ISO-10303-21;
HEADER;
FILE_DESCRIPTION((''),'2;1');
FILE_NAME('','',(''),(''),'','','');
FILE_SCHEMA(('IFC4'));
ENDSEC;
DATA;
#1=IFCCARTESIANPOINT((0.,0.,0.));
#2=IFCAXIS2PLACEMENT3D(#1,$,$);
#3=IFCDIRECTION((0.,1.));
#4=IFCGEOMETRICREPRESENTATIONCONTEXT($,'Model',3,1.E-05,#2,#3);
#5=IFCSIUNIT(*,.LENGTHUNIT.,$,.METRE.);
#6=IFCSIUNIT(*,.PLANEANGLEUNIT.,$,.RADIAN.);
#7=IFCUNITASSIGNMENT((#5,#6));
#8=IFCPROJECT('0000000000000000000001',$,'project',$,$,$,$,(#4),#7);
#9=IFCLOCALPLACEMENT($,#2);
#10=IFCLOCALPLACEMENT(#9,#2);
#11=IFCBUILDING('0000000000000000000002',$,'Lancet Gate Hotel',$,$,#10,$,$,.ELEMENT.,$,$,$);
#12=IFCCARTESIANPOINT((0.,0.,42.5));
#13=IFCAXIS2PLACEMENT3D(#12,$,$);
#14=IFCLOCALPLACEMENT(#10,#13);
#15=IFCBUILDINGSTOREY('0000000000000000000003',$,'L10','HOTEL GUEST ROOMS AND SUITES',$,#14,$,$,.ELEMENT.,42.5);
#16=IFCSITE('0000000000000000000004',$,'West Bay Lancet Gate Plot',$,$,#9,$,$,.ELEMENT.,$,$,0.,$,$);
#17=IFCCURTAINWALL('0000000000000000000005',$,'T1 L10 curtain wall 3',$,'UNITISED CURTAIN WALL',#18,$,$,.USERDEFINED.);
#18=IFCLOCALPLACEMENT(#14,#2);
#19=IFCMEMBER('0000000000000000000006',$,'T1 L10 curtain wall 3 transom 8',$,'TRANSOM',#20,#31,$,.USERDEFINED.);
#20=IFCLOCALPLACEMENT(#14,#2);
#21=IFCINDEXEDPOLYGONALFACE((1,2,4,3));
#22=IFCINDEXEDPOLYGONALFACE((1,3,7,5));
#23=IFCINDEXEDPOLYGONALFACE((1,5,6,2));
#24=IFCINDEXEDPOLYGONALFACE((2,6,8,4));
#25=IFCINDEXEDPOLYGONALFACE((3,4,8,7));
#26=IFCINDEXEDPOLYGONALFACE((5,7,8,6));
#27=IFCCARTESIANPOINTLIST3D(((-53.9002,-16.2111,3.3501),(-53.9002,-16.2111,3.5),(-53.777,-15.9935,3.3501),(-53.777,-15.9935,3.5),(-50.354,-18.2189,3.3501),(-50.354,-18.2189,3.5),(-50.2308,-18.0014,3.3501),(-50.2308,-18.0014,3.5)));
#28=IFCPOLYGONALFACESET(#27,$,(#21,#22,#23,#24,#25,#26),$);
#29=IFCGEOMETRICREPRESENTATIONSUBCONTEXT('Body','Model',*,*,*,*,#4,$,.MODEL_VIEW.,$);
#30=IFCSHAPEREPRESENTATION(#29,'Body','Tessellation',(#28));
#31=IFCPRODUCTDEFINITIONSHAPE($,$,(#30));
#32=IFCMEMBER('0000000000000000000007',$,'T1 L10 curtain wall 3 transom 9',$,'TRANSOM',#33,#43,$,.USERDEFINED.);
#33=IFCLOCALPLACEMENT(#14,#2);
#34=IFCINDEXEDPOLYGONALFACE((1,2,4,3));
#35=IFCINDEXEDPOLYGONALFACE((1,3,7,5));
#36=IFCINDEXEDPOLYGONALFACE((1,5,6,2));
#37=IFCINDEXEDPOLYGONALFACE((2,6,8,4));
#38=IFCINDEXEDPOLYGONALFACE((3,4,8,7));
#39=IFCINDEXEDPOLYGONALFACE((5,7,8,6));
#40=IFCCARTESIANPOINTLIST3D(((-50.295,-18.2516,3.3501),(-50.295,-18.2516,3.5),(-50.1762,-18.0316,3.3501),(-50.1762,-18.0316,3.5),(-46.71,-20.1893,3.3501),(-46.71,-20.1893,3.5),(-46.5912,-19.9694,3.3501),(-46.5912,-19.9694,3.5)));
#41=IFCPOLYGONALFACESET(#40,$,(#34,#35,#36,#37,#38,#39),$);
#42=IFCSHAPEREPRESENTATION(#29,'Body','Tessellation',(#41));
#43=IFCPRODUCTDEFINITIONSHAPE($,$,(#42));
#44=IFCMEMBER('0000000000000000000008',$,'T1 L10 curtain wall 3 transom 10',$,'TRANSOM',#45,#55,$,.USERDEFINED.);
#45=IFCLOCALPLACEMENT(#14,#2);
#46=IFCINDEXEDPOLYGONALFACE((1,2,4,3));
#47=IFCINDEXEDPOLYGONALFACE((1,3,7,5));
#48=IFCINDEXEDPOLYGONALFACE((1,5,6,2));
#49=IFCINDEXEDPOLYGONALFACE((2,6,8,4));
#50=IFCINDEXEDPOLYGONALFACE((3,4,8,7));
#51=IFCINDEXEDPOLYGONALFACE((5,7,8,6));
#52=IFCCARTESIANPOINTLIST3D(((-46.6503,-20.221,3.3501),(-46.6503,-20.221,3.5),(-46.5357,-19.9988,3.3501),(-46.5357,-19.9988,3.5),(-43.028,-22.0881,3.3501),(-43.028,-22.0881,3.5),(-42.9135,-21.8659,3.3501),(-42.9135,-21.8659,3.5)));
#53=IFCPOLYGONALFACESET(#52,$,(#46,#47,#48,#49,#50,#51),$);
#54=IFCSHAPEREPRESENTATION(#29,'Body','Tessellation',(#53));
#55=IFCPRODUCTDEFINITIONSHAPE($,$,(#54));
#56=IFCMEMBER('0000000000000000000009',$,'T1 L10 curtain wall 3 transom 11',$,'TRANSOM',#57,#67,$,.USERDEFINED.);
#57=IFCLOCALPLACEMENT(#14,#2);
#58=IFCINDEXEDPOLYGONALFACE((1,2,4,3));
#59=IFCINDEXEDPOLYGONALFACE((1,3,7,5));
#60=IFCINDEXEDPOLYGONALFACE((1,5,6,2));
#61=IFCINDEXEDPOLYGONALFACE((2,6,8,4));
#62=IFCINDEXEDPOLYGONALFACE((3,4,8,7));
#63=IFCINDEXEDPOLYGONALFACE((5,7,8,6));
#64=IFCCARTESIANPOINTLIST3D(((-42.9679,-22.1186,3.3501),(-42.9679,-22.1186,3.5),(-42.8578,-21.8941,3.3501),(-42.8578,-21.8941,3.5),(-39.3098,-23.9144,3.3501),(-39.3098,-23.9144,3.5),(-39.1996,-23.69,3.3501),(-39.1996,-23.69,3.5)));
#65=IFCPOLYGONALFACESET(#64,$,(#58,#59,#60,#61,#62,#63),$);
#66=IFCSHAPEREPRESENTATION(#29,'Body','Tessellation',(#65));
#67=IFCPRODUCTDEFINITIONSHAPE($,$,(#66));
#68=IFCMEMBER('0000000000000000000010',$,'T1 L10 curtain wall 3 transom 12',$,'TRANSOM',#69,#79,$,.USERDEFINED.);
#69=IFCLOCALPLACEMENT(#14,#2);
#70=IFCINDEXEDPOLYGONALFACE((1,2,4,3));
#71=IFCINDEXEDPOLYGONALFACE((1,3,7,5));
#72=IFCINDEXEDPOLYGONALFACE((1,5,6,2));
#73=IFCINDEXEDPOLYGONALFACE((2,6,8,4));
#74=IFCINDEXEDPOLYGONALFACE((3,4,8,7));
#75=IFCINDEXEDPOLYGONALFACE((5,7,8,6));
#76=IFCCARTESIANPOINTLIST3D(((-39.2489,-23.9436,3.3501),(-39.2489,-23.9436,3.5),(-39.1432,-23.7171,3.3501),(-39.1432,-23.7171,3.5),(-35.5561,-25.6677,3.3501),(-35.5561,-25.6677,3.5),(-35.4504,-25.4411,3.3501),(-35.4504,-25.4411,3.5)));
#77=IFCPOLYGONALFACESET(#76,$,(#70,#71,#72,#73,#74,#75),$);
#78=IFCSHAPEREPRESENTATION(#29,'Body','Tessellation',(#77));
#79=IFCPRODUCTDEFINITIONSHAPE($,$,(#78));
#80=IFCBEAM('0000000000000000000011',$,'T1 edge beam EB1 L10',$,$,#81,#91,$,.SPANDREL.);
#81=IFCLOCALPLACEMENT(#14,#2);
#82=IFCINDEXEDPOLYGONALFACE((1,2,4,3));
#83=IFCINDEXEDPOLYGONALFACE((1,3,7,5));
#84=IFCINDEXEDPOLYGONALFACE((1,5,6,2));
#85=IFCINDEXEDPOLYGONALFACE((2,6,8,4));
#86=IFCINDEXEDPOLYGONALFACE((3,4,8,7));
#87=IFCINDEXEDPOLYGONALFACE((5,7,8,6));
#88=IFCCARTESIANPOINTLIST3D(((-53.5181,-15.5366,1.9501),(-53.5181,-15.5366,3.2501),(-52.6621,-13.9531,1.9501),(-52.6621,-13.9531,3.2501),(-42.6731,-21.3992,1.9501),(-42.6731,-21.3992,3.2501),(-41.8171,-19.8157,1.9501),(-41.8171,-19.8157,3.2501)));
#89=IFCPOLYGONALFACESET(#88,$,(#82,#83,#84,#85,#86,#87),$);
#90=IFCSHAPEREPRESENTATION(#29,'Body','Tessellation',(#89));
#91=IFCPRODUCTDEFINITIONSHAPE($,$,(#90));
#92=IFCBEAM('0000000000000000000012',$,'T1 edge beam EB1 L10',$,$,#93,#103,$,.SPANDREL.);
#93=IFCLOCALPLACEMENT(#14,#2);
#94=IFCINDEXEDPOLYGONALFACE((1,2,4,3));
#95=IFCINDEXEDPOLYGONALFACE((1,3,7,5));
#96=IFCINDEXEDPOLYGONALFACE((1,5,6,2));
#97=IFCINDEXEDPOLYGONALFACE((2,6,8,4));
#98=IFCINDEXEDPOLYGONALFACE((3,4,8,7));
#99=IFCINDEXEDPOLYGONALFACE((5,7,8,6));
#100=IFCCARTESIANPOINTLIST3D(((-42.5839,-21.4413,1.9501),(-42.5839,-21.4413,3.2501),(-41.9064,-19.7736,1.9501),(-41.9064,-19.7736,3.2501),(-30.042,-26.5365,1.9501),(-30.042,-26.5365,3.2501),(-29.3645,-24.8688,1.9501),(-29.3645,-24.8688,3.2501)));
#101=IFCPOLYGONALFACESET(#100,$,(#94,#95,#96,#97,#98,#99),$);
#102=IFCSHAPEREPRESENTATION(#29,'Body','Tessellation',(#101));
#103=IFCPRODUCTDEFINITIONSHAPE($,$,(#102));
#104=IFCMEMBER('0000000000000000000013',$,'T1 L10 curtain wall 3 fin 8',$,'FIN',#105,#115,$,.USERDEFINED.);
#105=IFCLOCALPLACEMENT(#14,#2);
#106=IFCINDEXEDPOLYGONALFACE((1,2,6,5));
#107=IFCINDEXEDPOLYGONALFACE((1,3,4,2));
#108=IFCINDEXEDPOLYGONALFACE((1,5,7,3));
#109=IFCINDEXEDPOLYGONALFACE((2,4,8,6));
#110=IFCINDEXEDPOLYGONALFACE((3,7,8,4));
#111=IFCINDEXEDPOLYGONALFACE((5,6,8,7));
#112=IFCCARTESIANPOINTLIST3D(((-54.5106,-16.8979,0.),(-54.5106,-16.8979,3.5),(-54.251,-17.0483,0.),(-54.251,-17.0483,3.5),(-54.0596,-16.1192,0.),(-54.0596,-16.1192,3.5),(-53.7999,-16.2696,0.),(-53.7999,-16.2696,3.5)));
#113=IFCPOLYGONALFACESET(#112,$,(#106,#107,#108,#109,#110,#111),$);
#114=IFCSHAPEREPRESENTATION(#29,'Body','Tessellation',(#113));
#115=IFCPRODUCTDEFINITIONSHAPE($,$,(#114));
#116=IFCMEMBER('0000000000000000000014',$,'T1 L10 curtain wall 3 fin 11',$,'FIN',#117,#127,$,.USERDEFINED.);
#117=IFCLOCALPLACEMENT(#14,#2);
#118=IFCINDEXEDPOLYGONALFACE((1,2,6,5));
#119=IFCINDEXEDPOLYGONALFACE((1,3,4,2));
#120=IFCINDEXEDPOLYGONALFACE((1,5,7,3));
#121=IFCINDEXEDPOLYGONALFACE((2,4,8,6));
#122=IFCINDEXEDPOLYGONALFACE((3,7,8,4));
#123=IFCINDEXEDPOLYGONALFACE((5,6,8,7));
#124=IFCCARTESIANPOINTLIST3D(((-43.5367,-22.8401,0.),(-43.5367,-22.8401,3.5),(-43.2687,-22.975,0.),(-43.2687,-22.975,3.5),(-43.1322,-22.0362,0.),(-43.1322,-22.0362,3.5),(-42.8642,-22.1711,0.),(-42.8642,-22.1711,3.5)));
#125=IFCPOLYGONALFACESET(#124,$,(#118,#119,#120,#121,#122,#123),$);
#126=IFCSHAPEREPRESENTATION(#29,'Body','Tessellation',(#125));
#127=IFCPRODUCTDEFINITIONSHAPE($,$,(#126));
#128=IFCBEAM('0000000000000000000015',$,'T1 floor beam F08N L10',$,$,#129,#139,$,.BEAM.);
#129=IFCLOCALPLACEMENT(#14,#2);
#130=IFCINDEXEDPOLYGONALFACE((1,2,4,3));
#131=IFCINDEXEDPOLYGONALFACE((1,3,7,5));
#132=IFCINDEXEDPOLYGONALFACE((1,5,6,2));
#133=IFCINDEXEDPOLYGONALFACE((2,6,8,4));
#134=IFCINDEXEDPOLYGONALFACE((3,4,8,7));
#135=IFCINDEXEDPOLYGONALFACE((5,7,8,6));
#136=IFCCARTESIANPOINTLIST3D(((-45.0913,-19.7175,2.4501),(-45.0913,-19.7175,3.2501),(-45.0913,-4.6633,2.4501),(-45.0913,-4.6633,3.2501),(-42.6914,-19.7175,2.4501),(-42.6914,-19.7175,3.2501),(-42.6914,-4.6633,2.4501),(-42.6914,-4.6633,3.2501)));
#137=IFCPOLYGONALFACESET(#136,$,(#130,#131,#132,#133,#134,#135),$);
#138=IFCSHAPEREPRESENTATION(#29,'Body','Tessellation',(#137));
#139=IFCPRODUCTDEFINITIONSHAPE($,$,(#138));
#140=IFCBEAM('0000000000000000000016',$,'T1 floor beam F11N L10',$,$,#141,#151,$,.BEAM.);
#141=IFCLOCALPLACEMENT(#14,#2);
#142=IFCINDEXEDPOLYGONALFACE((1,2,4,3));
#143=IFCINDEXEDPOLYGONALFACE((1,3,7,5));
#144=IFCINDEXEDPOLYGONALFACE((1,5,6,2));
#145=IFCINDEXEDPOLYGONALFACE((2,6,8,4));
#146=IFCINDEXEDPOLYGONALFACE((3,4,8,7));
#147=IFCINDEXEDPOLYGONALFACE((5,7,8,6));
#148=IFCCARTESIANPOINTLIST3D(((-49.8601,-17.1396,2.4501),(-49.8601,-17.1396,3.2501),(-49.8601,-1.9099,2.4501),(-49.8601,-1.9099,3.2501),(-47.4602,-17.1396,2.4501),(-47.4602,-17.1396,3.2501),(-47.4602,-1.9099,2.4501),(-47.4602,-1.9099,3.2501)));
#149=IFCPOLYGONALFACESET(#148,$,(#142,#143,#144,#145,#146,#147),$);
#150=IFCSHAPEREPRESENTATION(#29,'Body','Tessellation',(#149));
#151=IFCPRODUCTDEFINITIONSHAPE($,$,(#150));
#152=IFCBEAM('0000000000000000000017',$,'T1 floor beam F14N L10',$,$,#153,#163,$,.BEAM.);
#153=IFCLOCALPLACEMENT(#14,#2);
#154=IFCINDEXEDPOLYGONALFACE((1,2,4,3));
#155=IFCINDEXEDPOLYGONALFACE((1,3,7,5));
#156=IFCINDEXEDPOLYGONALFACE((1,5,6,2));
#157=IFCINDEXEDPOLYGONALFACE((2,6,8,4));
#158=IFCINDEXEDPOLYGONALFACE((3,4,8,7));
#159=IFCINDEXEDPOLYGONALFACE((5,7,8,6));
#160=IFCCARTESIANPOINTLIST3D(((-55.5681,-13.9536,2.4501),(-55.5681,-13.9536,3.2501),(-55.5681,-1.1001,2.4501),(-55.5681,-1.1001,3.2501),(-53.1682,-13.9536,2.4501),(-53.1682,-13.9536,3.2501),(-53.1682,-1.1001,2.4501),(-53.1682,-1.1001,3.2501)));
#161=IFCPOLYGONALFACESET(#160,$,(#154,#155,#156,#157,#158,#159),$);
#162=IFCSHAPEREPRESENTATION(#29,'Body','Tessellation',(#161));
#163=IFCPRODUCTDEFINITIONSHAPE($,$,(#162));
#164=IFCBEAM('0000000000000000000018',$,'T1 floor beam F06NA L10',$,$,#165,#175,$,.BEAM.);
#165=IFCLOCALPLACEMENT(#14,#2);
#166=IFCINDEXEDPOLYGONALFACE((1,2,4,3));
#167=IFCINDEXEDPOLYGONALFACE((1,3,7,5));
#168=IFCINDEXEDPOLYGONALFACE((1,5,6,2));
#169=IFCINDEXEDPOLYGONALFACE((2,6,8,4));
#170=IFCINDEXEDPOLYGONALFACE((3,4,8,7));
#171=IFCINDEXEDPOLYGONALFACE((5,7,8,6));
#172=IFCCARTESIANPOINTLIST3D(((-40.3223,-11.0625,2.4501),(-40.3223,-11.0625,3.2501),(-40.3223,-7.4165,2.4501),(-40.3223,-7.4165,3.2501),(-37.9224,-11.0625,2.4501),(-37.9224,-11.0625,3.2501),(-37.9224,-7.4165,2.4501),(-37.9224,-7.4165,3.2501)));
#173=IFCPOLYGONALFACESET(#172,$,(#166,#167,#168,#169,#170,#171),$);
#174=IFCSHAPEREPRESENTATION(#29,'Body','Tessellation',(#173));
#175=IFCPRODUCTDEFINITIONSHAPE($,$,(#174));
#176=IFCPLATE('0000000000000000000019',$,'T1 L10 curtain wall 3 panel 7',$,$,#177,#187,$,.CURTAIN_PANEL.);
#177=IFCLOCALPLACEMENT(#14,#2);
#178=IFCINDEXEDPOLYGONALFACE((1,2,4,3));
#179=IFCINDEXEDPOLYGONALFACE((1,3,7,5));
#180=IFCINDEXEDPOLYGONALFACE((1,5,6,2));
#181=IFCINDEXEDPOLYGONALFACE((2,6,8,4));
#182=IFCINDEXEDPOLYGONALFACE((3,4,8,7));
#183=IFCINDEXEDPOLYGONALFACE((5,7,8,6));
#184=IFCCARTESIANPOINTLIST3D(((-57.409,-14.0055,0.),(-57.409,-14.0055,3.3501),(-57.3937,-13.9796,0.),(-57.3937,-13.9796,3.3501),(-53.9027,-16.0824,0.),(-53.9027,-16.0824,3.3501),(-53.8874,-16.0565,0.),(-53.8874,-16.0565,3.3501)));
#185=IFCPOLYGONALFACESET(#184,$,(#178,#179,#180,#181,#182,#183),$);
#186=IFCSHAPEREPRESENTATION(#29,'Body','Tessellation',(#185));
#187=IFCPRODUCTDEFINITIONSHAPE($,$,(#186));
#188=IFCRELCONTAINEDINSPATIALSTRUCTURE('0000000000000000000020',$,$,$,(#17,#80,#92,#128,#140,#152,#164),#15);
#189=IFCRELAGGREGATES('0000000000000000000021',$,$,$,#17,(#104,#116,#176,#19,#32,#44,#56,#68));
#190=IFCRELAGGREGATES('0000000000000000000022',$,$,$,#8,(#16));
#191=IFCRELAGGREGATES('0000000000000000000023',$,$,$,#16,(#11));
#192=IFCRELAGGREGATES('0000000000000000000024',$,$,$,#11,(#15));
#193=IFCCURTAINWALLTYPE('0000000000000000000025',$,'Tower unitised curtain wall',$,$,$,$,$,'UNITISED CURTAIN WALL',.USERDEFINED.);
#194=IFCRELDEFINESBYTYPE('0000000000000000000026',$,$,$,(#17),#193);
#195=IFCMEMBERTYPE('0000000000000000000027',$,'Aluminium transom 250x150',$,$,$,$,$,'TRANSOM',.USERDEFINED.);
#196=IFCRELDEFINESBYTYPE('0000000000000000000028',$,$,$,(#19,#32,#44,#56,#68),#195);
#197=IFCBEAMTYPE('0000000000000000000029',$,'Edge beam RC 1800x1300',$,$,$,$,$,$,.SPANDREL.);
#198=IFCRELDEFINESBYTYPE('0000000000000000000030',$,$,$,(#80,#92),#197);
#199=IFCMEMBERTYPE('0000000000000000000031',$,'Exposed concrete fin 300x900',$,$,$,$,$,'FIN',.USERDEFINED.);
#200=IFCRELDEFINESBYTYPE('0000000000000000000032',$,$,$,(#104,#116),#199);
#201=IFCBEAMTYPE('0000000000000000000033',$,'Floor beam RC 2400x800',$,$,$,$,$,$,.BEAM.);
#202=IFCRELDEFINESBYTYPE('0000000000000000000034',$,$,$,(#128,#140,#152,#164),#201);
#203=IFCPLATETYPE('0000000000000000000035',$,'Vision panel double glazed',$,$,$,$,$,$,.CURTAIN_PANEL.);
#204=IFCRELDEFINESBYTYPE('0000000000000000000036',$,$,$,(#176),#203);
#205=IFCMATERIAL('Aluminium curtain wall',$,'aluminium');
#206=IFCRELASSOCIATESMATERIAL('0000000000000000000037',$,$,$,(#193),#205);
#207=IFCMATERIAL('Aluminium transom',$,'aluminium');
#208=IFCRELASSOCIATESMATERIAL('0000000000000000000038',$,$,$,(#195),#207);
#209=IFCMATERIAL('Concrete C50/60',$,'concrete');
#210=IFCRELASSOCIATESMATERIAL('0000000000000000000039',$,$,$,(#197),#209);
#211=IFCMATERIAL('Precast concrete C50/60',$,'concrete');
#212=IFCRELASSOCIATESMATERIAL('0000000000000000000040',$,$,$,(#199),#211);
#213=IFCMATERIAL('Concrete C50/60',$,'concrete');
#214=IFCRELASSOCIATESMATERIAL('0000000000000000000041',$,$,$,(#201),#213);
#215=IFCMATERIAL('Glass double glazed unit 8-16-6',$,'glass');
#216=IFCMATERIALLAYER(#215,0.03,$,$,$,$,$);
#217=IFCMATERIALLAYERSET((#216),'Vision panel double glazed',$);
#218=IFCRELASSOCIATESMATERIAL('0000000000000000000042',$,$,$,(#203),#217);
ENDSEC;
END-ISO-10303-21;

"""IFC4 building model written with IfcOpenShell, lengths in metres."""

from ifc_helpers import new_model, si_unit, direction, frame, origin, origin_2d, place, context, subcontext, project, spatial, rectangle, extrude, material, layer, layer_set, material_profile, profile_set, type_object, element, aggregate, save


model = new_model("IFC4")

# Units and contexts
model_context = context("Model", 3, precision=1e-05, world=origin(), true_north=direction((0.0, 1.0)))
body_context = subcontext(model_context, "Body", "Model", "MODEL_VIEW")
ifc_project = project(units=[si_unit("LENGTHUNIT", "METRE"), si_unit("PLANEANGLEUNIT", "RADIAN")], contexts=[model_context])

# Site, building, storey
site_placement = place(None, origin())
site = spatial("IfcSite", under=ifc_project, at=site_placement, Name="West Bay Lancet Gate Plot", CompositionType="ELEMENT", RefElevation=0.0)
building_placement = place(site_placement, origin())
building = spatial("IfcBuilding", under=site, at=building_placement, Name="Lancet Gate Hotel", CompositionType="ELEMENT")
storey_placement = place(building_placement, frame((0.0, 0.0, 42.5)))
storey = spatial("IfcBuildingStorey", under=building, at=storey_placement, Name="L10", Description="HOTEL GUEST ROOMS AND SUITES", CompositionType="ELEMENT", Elevation=42.5)

# Curtain wall, members
ifc_material_1 = material(Name="Aluminium curtain wall", Category="aluminium")
curtain_wall_type = type_object("IfcCurtainWallType", Name="Tower unitised curtain wall", ElementType="UNITISED CURTAIN WALL", PredefinedType="USERDEFINED", material=ifc_material_1)
curtain_wall_placement = place(storey_placement, origin())
curtain_wall = element("IfcCurtainWall", 1, at=curtain_wall_placement, inside=storey, type_object=curtain_wall_type, Name="T1 L10 curtain wall 3", ObjectType="UNITISED CURTAIN WALL", PredefinedType="USERDEFINED")
ifc_material_2 = material(Name="Aluminium transom", Category="aluminium")
ifc_material_profile_1 = material_profile(ifc_material_2, rectangle(XDim=0.25, YDim=0.1499, at=origin_2d()), Name="TRANSOM 250x150")
ifc_profile_set_1 = profile_set([ifc_material_profile_1], Name="Aluminium transom")
member_type_1 = type_object("IfcMemberType", Name="Aluminium transom 250x150", ElementType="TRANSOM", PredefinedType="USERDEFINED", material=ifc_profile_set_1)
member_1_placement = place(storey_placement, frame((-53.8386, -16.1023, 3.425), z_axis=(0.870198, -0.492703, 0.0), x_axis=(0.492703, 0.870198, 0.0)))
member_1 = element("IfcMember", 2, at=member_1_placement, type_object=member_type_1, Name="T1 L10 curtain wall 3 transom 8", ObjectType="TRANSOM", PredefinedType="USERDEFINED", context=body_context, shape_type="SweptSolid", body=[
    extrude(rectangle(XDim=0.25, YDim=0.1499, at=origin_2d()), origin(), (0.0, 0.0, 1.0), 4.0752),
])
member_2_placement = place(storey_placement, frame((-50.2356, -18.1416, 3.425), z_axis=(0.879714, -0.475503, 0.0), x_axis=(0.475503, 0.879714, 0.0)))
member_2 = element("IfcMember", 3, at=member_2_placement, type_object=member_type_1, Name="T1 L10 curtain wall 3 transom 9", ObjectType="TRANSOM", PredefinedType="USERDEFINED", context=body_context, shape_type="SweptSolid", body=[
    extrude(rectangle(XDim=0.25, YDim=0.1499, at=origin_2d()), origin(), (0.0, 0.0, 1.0), 4.0752),
])
member_3_placement = place(storey_placement, frame((-46.593, -20.1099, 3.425), z_axis=(0.88886, -0.458179, 0.0), x_axis=(0.458179, 0.88886, 0.0)))
member_3 = element("IfcMember", 4, at=member_3_placement, type_object=member_type_1, Name="T1 L10 curtain wall 3 transom 10", ObjectType="TRANSOM", PredefinedType="USERDEFINED", context=body_context, shape_type="SweptSolid", body=[
    extrude(rectangle(XDim=0.25, YDim=0.1499, at=origin_2d()), origin(), (0.0, 0.0, 1.0), 4.0752),
])
member_4_placement = place(storey_placement, frame((-42.9128, -22.0063, 3.425), z_axis=(0.897662, -0.440684, 0.0), x_axis=(0.440684, 0.897662, 0.0)))
member_4 = element("IfcMember", 5, at=member_4_placement, type_object=member_type_1, Name="T1 L10 curtain wall 3 transom 11", ObjectType="TRANSOM", PredefinedType="USERDEFINED", context=body_context, shape_type="SweptSolid", body=[
    extrude(rectangle(XDim=0.25, YDim=0.1499, at=origin_2d()), origin(), (0.0, 0.0, 1.0), 4.0752),
])
member_5_placement = place(storey_placement, frame((-39.196, -23.8303, 3.425), z_axis=(0.90611, -0.423043, 0.0), x_axis=(0.423043, 0.90611, 0.0)))
member_5 = element("IfcMember", 6, at=member_5_placement, type_object=member_type_1, Name="T1 L10 curtain wall 3 transom 12", ObjectType="TRANSOM", PredefinedType="USERDEFINED", context=body_context, shape_type="SweptSolid", body=[
    extrude(rectangle(XDim=0.25, YDim=0.1499, at=origin_2d()), origin(), (0.0, 0.0, 1.0), 4.0754),
])

# Beams
ifc_material_3 = material(Name="Concrete C50/60", Category="concrete")
ifc_material_profile_2 = material_profile(ifc_material_3, rectangle(XDim=1.8, YDim=1.3, at=origin_2d()), Name="RC 1800x1300")
ifc_profile_set_2 = profile_set([ifc_material_profile_2], Name="Concrete C50/60")
beam_type_1 = type_object("IfcBeamType", Name="Edge beam RC 1800x1300", PredefinedType="SPANDREL", material=ifc_profile_set_2)
beam_1_placement = place(storey_placement, frame((-53.0901, -14.7449, 2.6001), z_axis=(0.879693, -0.475542, 0.0), x_axis=(0.475542, 0.879693, 0.0)))
element("IfcBeam", 7, at=beam_1_placement, inside=storey, type_object=beam_type_1, Name="T1 edge beam EB1 L10", PredefinedType="SPANDREL", context=body_context, shape_type="SweptSolid", body=[
    extrude(rectangle(XDim=1.8, YDim=1.3, at=origin_2d()), origin(), (0.0, 0.0, 1.0), 12.3281),
])
beam_2_placement = place(storey_placement, frame((-42.2451, -20.6074, 2.6001), z_axis=(0.926463, -0.376385, 0.0), x_axis=(0.376385, 0.926463, 0.0)))
element("IfcBeam", 8, at=beam_2_placement, inside=storey, type_object=beam_type_1, Name="T1 edge beam EB1 L10", PredefinedType="SPANDREL", context=body_context, shape_type="SweptSolid", body=[
    extrude(rectangle(XDim=1.8, YDim=1.3, at=origin_2d()), origin(), (0.0, 0.0, 1.0), 13.5374),
])

# Members
ifc_material_4 = material(Name="Precast concrete C50/60", Category="concrete")
ifc_material_profile_3 = material_profile(ifc_material_4, rectangle(XDim=0.3, YDim=0.8999, at=origin_2d()), Name="FIN 300x900")
ifc_profile_set_3 = profile_set([ifc_material_profile_3], Name="Precast concrete C50/60")
member_type_2 = type_object("IfcMemberType", Name="Exposed concrete fin 300x900", ElementType="FIN", PredefinedType="USERDEFINED", material=ifc_profile_set_3)
member_6_placement = place(storey_placement, frame((-54.1553, -16.5837, 0.0), z_axis=(0.0, 0.0, 1.0), x_axis=(0.865335, -0.501194, 0.0)))
member_6 = element("IfcMember", 9, at=member_6_placement, type_object=member_type_2, Name="T1 L10 curtain wall 3 fin 8", ObjectType="FIN", PredefinedType="USERDEFINED", context=body_context, shape_type="SweptSolid", body=[
    extrude(rectangle(XDim=0.3, YDim=0.8999, at=origin_2d()), origin(), (0.0, 0.0, 1.0), 3.5),
])
member_7_placement = place(storey_placement, frame((-43.2004, -22.5056, 0.0), z_axis=(0.0, 0.0, 1.0), x_axis=(0.893292, -0.449478, 0.0)))
member_7 = element("IfcMember", 10, at=member_7_placement, type_object=member_type_2, Name="T1 L10 curtain wall 3 fin 11", ObjectType="FIN", PredefinedType="USERDEFINED", context=body_context, shape_type="SweptSolid", body=[
    extrude(rectangle(XDim=0.3, YDim=0.8999, at=origin_2d()), origin(), (0.0, 0.0, 1.0), 3.5),
])

# Beams
ifc_material_5 = material(Name="Concrete C50/60", Category="concrete")
ifc_material_profile_4 = material_profile(ifc_material_5, rectangle(XDim=2.3999, YDim=0.8, at=origin_2d()), Name="RC 2400x800")
ifc_profile_set_4 = profile_set([ifc_material_profile_4], Name="Concrete C50/60")
beam_type_2 = type_object("IfcBeamType", Name="Floor beam RC 2400x800", PredefinedType="BEAM", material=ifc_profile_set_4)
beam_3_placement = place(storey_placement, frame((-43.8914, -4.6633, 2.8501), z_axis=(0.0, -1.0, 0.0), x_axis=(1.0, 0.0, 0.0)))
element("IfcBeam", 11, at=beam_3_placement, inside=storey, type_object=beam_type_2, Name="T1 floor beam F08N L10", PredefinedType="BEAM", context=body_context, shape_type="SweptSolid", body=[
    extrude(rectangle(XDim=2.3999, YDim=0.8, at=origin_2d()), origin(), (0.0, 0.0, 1.0), 15.0542),
])
beam_4_placement = place(storey_placement, frame((-48.6602, -1.9099, 2.8501), z_axis=(0.0, -1.0, 0.0), x_axis=(1.0, 0.0, 0.0)))
element("IfcBeam", 12, at=beam_4_placement, inside=storey, type_object=beam_type_2, Name="T1 floor beam F11N L10", PredefinedType="BEAM", context=body_context, shape_type="SweptSolid", body=[
    extrude(rectangle(XDim=2.3999, YDim=0.8, at=origin_2d()), origin(), (0.0, 0.0, 1.0), 15.2297),
])
beam_5_placement = place(storey_placement, frame((-54.3682, -1.1001, 2.8501), z_axis=(0.0, -1.0, 0.0), x_axis=(1.0, 0.0, 0.0)))
element("IfcBeam", 13, at=beam_5_placement, inside=storey, type_object=beam_type_2, Name="T1 floor beam F14N L10", PredefinedType="BEAM", context=body_context, shape_type="SweptSolid", body=[
    extrude(rectangle(XDim=2.3999, YDim=0.8, at=origin_2d()), origin(), (0.0, 0.0, 1.0), 12.8535),
])
beam_6_placement = place(storey_placement, frame((-39.1223, -7.4165, 2.8501), z_axis=(0.0, -1.0, 0.0), x_axis=(1.0, 0.0, 0.0)))
element("IfcBeam", 14, at=beam_6_placement, inside=storey, type_object=beam_type_2, Name="T1 floor beam F06NA L10", PredefinedType="BEAM", context=body_context, shape_type="SweptSolid", body=[
    extrude(rectangle(XDim=2.3999, YDim=0.8, at=origin_2d()), origin(), (0.0, 0.0, 1.0), 3.646),
])

# Plate
ifc_material_6 = material(Name="Glass double glazed unit 8-16-6", Category="glass")
ifc_layer_1 = layer(ifc_material_6, 0.03)
ifc_layer_set_1 = layer_set([ifc_layer_1], Name="Vision panel double glazed")
plate_type = type_object("IfcPlateType", Name="Vision panel double glazed", PredefinedType="CURTAIN_PANEL", material=ifc_layer_set_1)
plate_1_placement = place(storey_placement, frame((-55.6482, -15.031, 0.0), z_axis=(0.0, 0.0, 1.0), x_axis=(0.860382, -0.50965, 0.0)))
plate_1 = element("IfcPlate", 15, at=plate_1_placement, type_object=plate_type, Name="T1 L10 curtain wall 3 panel 7", PredefinedType="CURTAIN_PANEL", context=body_context, shape_type="SweptSolid", body=[
    extrude(rectangle(XDim=4.0752, YDim=0.03, at=origin_2d()), origin(), (0.0, 0.0, 1.0), 3.3501),
])
aggregate(curtain_wall, [member_6, member_7, plate_1, member_1, member_2, member_3, member_4, member_5])

save(model, "model.ifc")
